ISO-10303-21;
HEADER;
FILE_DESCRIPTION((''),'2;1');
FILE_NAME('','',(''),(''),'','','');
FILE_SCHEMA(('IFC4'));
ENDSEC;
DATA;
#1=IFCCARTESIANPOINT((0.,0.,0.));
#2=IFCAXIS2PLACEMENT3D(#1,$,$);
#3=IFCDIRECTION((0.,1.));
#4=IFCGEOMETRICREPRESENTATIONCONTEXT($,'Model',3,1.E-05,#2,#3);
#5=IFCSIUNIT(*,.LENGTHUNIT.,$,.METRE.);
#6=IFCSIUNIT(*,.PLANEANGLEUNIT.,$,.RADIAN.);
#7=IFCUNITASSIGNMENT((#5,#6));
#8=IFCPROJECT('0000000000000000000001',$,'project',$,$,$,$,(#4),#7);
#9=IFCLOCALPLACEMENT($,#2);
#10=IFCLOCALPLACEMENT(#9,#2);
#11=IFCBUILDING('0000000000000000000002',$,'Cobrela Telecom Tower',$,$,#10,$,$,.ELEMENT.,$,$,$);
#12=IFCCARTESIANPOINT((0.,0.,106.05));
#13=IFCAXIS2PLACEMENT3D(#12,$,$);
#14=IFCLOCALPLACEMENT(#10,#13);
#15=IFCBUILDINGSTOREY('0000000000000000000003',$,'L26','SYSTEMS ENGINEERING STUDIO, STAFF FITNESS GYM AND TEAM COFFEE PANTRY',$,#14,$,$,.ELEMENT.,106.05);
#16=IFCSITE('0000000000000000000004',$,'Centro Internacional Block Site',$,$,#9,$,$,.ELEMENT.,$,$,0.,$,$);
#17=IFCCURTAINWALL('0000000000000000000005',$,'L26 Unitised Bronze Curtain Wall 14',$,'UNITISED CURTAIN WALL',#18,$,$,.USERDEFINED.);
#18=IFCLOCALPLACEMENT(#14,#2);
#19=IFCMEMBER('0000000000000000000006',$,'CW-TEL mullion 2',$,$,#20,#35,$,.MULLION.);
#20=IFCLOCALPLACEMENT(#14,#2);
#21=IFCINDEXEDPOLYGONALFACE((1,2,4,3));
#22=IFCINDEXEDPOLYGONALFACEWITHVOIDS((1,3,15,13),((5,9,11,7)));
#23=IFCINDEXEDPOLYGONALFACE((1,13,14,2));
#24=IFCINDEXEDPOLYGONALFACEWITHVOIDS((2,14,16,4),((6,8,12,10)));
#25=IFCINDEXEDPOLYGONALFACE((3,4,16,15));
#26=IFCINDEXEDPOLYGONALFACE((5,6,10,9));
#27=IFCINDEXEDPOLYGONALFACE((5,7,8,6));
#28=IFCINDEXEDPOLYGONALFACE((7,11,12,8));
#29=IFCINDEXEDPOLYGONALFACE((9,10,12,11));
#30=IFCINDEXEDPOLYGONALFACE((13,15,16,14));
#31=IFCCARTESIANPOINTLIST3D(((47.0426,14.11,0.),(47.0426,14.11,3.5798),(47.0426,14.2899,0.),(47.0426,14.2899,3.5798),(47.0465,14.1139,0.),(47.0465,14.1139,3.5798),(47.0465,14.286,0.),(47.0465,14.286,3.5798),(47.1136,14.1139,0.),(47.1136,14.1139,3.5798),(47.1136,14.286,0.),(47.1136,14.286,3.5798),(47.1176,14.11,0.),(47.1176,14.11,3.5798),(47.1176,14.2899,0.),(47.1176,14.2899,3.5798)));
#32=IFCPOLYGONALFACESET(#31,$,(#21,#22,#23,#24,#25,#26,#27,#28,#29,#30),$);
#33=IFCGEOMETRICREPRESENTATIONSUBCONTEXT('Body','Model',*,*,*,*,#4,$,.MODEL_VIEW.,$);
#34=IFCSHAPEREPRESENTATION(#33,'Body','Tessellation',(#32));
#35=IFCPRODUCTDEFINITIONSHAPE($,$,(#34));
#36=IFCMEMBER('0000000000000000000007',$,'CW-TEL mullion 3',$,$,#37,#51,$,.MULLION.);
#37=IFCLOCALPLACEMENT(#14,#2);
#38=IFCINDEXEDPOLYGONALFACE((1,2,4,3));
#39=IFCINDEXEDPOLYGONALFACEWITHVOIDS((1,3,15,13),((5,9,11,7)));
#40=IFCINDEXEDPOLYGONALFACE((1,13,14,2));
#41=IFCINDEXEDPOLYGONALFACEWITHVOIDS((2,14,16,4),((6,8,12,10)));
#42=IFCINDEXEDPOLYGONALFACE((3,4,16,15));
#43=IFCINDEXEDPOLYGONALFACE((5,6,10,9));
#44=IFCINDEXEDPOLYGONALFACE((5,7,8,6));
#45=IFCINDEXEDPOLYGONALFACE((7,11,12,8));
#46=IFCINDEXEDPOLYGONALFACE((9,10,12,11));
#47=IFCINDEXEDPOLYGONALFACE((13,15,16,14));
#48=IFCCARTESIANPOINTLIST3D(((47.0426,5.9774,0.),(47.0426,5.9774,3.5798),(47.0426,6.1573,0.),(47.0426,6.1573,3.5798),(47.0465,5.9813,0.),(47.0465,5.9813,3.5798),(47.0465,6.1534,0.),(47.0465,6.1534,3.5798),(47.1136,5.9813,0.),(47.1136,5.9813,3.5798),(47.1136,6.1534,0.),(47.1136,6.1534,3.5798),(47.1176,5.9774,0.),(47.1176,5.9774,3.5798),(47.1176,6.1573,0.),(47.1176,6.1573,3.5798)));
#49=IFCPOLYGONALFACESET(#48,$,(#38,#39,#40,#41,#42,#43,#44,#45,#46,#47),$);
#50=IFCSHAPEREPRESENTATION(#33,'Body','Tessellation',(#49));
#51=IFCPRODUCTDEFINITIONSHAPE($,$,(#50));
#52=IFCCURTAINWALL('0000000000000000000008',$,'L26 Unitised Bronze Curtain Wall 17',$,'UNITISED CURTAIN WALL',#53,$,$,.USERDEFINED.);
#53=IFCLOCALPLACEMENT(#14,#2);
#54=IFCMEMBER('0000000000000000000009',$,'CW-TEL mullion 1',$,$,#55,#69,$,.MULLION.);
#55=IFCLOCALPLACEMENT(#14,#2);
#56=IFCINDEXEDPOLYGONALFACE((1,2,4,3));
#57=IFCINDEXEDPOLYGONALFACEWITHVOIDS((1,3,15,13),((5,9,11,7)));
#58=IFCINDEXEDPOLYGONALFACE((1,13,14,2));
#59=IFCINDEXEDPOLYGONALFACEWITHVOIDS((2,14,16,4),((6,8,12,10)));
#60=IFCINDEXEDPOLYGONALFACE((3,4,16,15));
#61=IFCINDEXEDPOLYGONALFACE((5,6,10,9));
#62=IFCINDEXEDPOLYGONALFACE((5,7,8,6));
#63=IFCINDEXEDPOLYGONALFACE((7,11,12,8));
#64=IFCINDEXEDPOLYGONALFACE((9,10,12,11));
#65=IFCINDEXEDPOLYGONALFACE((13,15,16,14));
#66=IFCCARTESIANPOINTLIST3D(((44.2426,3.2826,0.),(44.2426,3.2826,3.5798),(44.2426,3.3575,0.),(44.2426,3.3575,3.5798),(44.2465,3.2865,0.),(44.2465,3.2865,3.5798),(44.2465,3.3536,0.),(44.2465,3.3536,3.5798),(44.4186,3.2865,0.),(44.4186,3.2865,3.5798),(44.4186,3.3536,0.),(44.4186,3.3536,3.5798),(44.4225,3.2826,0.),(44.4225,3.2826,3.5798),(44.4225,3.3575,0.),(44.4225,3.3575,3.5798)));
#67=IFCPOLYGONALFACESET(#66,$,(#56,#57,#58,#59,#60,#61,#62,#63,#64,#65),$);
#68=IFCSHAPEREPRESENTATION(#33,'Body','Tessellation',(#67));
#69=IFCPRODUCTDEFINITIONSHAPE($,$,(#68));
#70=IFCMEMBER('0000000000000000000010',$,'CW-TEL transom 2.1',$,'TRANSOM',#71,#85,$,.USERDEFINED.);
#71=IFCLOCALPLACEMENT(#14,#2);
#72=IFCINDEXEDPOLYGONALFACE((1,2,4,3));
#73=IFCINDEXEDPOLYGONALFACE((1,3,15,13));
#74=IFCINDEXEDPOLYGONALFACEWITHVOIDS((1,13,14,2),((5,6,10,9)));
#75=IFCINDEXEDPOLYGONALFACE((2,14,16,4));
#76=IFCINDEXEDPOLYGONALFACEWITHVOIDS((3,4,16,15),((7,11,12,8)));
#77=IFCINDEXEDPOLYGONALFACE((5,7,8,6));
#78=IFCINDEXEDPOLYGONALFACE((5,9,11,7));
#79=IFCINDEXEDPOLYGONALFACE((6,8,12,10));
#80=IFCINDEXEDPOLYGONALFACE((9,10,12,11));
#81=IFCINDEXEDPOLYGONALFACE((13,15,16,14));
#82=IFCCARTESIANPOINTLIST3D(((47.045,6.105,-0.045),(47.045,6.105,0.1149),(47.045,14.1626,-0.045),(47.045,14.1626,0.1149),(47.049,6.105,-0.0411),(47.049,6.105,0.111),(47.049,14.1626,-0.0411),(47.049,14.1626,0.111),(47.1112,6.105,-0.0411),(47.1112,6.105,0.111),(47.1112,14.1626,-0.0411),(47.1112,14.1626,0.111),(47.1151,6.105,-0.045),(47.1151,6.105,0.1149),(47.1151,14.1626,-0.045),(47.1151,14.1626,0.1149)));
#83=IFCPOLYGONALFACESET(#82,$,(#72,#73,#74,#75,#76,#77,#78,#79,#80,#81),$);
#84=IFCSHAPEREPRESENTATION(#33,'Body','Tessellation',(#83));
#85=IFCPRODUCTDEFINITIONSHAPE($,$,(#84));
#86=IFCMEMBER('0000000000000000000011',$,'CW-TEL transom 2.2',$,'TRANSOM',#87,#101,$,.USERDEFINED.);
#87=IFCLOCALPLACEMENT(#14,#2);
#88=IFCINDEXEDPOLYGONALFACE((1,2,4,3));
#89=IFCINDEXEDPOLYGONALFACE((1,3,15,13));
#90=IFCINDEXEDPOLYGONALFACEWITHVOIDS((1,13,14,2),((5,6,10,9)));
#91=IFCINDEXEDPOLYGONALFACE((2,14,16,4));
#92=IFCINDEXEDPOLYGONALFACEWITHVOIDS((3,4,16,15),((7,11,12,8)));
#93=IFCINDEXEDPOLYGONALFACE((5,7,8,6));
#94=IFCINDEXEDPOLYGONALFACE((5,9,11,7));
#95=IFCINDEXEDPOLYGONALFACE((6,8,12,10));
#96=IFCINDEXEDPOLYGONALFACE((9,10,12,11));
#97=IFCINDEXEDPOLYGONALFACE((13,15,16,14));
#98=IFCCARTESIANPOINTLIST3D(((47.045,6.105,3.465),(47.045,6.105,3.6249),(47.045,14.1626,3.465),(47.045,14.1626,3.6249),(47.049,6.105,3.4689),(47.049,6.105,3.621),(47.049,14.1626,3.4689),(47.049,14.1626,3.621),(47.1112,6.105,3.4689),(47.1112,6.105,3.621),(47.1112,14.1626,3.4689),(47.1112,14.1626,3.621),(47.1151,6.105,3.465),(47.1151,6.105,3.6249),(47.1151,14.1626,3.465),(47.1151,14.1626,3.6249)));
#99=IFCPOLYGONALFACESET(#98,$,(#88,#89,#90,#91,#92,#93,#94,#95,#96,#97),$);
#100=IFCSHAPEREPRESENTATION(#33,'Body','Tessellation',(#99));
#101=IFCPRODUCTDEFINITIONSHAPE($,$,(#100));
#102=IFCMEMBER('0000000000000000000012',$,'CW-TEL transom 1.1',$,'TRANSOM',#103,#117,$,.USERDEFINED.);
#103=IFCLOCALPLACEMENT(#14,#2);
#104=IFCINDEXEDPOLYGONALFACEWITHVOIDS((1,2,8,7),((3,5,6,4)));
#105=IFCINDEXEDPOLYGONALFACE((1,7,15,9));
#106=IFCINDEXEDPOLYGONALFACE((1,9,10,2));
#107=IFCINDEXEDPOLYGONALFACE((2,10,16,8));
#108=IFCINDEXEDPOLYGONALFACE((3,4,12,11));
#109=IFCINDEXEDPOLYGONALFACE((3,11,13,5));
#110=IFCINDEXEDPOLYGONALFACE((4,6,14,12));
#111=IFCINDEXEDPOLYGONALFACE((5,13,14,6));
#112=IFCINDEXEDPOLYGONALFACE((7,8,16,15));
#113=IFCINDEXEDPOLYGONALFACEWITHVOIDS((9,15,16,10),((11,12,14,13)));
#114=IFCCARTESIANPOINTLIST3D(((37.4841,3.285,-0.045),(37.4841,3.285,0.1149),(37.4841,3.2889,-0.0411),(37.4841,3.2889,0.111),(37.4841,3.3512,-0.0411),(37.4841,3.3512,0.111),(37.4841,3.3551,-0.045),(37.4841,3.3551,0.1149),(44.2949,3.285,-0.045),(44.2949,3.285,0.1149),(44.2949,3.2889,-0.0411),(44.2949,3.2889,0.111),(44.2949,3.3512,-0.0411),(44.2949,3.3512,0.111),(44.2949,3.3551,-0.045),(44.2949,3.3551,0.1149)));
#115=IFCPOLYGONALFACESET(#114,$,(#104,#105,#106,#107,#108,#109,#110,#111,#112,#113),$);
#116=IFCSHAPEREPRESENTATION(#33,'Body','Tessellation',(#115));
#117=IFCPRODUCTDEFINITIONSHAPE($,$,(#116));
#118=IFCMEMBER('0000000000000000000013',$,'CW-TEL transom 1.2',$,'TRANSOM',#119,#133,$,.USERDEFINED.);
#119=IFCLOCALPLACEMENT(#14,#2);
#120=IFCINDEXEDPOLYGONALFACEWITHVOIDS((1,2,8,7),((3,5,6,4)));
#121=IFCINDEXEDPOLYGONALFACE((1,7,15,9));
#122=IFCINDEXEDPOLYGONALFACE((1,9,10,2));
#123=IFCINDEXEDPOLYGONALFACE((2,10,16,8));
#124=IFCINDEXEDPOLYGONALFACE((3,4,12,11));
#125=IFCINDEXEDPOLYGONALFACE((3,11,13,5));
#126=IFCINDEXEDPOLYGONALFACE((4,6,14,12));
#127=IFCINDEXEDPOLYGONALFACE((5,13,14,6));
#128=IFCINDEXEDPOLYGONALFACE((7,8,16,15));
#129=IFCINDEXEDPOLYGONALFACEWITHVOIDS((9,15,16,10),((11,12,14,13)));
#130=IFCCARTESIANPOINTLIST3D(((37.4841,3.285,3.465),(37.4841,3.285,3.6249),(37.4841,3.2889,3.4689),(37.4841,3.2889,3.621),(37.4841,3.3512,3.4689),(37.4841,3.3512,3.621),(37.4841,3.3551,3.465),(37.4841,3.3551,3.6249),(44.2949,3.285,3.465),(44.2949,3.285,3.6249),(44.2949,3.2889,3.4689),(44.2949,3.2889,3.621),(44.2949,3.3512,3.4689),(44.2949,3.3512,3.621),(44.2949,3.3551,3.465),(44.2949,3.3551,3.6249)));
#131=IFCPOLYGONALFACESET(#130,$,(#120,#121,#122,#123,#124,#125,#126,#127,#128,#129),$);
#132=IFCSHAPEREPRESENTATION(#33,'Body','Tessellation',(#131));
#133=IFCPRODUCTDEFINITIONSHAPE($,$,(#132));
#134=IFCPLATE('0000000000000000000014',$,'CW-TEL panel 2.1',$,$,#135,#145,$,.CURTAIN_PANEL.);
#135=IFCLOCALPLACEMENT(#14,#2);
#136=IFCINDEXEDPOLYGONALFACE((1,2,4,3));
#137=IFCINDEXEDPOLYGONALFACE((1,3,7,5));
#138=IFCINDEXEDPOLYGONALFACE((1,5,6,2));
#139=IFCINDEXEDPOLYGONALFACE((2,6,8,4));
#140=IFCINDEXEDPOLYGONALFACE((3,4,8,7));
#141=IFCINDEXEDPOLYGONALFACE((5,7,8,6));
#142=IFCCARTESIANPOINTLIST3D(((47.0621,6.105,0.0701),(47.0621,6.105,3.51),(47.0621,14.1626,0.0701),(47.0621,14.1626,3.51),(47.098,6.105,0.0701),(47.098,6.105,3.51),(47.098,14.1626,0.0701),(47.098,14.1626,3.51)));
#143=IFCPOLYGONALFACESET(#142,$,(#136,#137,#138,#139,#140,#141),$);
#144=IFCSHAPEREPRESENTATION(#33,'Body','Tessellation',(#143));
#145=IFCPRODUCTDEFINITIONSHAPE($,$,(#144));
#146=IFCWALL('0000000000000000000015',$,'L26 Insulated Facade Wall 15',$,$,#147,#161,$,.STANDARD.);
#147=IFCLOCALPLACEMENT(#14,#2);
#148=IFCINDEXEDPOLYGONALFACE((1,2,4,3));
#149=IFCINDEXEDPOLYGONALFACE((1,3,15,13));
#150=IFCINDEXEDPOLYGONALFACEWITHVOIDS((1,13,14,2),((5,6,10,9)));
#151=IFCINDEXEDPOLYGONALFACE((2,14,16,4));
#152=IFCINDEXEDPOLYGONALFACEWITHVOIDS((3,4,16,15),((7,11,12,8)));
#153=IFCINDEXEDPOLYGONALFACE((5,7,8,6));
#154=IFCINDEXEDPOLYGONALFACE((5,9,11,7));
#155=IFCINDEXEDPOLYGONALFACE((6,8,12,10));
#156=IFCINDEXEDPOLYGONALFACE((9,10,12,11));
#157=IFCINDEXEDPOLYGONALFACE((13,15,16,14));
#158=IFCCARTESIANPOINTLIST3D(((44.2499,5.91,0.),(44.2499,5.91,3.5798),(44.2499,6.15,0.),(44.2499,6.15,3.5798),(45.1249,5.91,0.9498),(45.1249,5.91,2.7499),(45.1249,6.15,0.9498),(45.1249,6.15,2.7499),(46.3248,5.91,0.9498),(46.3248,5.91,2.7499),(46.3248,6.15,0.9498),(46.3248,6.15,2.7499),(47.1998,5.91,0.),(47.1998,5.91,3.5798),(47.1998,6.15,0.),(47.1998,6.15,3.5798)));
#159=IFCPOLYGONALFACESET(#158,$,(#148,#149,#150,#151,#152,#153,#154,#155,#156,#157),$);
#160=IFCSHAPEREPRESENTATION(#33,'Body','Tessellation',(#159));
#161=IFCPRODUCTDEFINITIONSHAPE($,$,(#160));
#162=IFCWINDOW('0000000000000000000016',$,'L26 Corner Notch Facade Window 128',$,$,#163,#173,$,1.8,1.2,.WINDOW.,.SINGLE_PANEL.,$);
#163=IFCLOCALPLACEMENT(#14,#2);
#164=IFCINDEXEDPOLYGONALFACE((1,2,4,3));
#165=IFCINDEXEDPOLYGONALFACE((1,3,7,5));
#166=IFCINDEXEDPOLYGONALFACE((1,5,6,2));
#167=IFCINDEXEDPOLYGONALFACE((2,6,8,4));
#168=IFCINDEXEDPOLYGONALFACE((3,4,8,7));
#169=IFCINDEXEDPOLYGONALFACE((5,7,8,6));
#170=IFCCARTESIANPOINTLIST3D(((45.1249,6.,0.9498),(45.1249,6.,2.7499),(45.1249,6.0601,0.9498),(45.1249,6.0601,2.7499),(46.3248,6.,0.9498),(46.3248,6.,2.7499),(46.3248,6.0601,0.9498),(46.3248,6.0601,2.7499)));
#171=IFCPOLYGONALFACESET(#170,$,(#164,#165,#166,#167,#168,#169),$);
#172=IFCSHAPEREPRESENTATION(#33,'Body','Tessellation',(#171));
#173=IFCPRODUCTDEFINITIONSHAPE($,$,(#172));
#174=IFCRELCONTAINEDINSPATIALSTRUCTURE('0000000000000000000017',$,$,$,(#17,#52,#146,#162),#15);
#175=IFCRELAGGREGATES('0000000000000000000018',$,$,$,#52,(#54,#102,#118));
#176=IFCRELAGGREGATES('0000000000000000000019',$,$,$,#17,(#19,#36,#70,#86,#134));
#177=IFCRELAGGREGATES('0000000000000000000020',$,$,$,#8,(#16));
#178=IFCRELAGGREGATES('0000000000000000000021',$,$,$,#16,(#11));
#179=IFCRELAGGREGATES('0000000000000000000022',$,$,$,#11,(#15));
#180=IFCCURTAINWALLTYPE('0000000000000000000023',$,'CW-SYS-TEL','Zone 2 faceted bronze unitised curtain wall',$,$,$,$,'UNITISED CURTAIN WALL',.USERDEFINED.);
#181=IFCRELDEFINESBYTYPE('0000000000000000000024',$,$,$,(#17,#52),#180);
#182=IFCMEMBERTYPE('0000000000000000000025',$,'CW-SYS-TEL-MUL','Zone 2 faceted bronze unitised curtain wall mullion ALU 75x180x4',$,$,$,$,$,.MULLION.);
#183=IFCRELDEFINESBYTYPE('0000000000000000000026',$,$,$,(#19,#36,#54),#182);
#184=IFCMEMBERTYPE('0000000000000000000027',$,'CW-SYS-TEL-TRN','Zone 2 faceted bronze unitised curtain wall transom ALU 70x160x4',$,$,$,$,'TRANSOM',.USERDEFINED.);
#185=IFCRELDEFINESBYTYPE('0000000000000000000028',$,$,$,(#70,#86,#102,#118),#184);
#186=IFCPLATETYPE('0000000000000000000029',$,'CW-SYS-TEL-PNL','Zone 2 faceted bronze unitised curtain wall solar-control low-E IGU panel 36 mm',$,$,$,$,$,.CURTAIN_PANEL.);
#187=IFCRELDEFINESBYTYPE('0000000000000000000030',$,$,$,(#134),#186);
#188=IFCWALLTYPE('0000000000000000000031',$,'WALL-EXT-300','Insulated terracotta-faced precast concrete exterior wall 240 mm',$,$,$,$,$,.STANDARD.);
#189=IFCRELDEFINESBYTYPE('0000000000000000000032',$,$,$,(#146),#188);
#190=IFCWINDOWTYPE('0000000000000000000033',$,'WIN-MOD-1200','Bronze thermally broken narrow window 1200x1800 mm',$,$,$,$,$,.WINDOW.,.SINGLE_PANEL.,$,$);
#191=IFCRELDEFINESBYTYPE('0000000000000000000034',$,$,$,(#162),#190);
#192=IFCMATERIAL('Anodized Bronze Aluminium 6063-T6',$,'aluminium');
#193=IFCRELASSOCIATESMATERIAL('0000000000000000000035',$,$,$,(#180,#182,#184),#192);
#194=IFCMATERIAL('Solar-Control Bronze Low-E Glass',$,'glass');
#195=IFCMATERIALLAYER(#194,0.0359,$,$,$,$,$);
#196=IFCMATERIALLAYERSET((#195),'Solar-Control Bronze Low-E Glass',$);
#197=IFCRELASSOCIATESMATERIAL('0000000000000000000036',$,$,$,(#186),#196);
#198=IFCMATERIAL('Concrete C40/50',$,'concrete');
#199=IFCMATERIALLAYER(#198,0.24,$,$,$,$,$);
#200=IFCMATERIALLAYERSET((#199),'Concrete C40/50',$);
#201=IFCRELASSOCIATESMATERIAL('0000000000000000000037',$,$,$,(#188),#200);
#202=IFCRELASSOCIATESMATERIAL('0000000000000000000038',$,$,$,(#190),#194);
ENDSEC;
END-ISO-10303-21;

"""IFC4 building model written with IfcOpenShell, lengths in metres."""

from ifc_helpers import new_model, si_unit, direction, frame, frame_2d, origin, origin_2d, place, context, subcontext, project, spatial, rectangle, hollow_rectangle, extrude, material, layer, layer_set, material_profile, profile_set, type_object, element, fill, aggregate, save


model = new_model("IFC4")

# Units and contexts
model_context = context("Model", 3, precision=1e-05, world=origin(), true_north=direction((0.0, 1.0)))
body_context = subcontext(model_context, "Body", "Model", "MODEL_VIEW")
ifc_project = project(units=[si_unit("LENGTHUNIT", "METRE"), si_unit("PLANEANGLEUNIT", "RADIAN")], contexts=[model_context])

# Site, building, storey
site_placement = place(None, origin())
site = spatial("IfcSite", under=ifc_project, at=site_placement, Name="Centro Internacional Block Site", CompositionType="ELEMENT", RefElevation=0.0)
building_placement = place(site_placement, origin())
building = spatial("IfcBuilding", under=site, at=building_placement, Name="Cobrela Telecom Tower", CompositionType="ELEMENT")
storey_placement = place(building_placement, frame((0.0, 0.0, 106.05)))
storey = spatial("IfcBuildingStorey", under=building, at=storey_placement, Name="L26", Description="SYSTEMS ENGINEERING STUDIO, STAFF FITNESS GYM AND TEAM COFFEE PANTRY", CompositionType="ELEMENT", Elevation=106.05)

# Curtain wall, members
ifc_material_1 = material(Name="Anodized Bronze Aluminium 6063-T6", Category="aluminium")
curtain_wall_type = type_object("IfcCurtainWallType", Name="CW-SYS-TEL", Description="Zone 2 faceted bronze unitised curtain wall", ElementType="UNITISED CURTAIN WALL", PredefinedType="USERDEFINED", material=ifc_material_1)
curtain_wall_1_placement = place(storey_placement, origin())
curtain_wall_1 = element("IfcCurtainWall", 1, at=curtain_wall_1_placement, inside=storey, type_object=curtain_wall_type, Name="L26 Unitised Bronze Curtain Wall 14", ObjectType="UNITISED CURTAIN WALL", PredefinedType="USERDEFINED")
ifc_material_profile_1 = material_profile(ifc_material_1, hollow_rectangle(XDim=0.075, YDim=0.1799, WallThickness=0.0039, at=origin_2d()), Name="ALU 75x180x4")
ifc_profile_set_1 = profile_set([ifc_material_profile_1], Name="Anodized Bronze Aluminium 6063-T6")
member_type_1 = type_object("IfcMemberType", Name="CW-SYS-TEL-MUL", Description="Zone 2 faceted bronze unitised curtain wall mullion ALU 75x180x4", PredefinedType="MULLION", material=ifc_profile_set_1)
member_1_placement = place(storey_placement, frame((47.0801, 14.2, 0.0), z_axis=(0.0, 0.0, 1.0), x_axis=(1.0, 0.0, 0.0)))
member_1 = element("IfcMember", 2, at=member_1_placement, type_object=member_type_1, Name="CW-TEL mullion 2", PredefinedType="MULLION", context=body_context, shape_type="SweptSolid", body=[
    extrude(hollow_rectangle(XDim=0.075, YDim=0.1799, WallThickness=0.0039, at=origin_2d()), origin(), (0.0, 0.0, 1.0), 3.5798),
])
member_2_placement = place(storey_placement, frame((47.0801, 6.0674, 0.0), z_axis=(0.0, 0.0, 1.0), x_axis=(1.0, 0.0, 0.0)))
member_2 = element("IfcMember", 3, at=member_2_placement, type_object=member_type_1, Name="CW-TEL mullion 3", PredefinedType="MULLION", context=body_context, shape_type="SweptSolid", body=[
    extrude(hollow_rectangle(XDim=0.075, YDim=0.1799, WallThickness=0.0039, at=origin_2d()), origin(), (0.0, 0.0, 1.0), 3.5798),
])

# Curtain wall, member
curtain_wall_2_placement = place(storey_placement, origin())
curtain_wall_2 = element("IfcCurtainWall", 4, at=curtain_wall_2_placement, inside=storey, type_object=curtain_wall_type, Name="L26 Unitised Bronze Curtain Wall 17", ObjectType="UNITISED CURTAIN WALL", PredefinedType="USERDEFINED")
member_3_placement = place(storey_placement, frame((44.3325, 3.3201, 0.0), z_axis=(0.0, 0.0, 1.0), x_axis=(0.0, -1.0, 0.0)))
member_3 = element("IfcMember", 5, at=member_3_placement, type_object=member_type_1, Name="CW-TEL mullion 1", PredefinedType="MULLION", context=body_context, shape_type="SweptSolid", body=[
    extrude(hollow_rectangle(XDim=0.075, YDim=0.1799, WallThickness=0.0039, at=origin_2d()), origin(), (0.0, 0.0, 1.0), 3.5798),
])

# Members
ifc_material_profile_2 = material_profile(ifc_material_1, hollow_rectangle(XDim=0.0701, YDim=0.1599, WallThickness=0.0039, at=origin_2d()), Name="ALU 70x160x4")
ifc_profile_set_2 = profile_set([ifc_material_profile_2], Name="Anodized Bronze Aluminium 6063-T6")
member_type_2 = type_object("IfcMemberType", Name="CW-SYS-TEL-TRN", Description="Zone 2 faceted bronze unitised curtain wall transom ALU 70x160x4", ElementType="TRANSOM", PredefinedType="USERDEFINED", material=ifc_profile_set_2)
member_4_placement = place(storey_placement, frame((47.0801, 14.1626, 0.0349), z_axis=(0.0, -1.0, 0.0), x_axis=(1.0, 0.0, 0.0)))
member_4 = element("IfcMember", 6, at=member_4_placement, type_object=member_type_2, Name="CW-TEL transom 2.1", ObjectType="TRANSOM", PredefinedType="USERDEFINED", context=body_context, shape_type="SweptSolid", body=[
    extrude(hollow_rectangle(XDim=0.0701, YDim=0.1599, WallThickness=0.0039, at=origin_2d()), origin(), (0.0, 0.0, 1.0), 8.0576),
])
member_5_placement = place(storey_placement, frame((47.0801, 14.1626, 3.5449), z_axis=(0.0, -1.0, 0.0), x_axis=(1.0, 0.0, 0.0)))
member_5 = element("IfcMember", 7, at=member_5_placement, type_object=member_type_2, Name="CW-TEL transom 2.2", ObjectType="TRANSOM", PredefinedType="USERDEFINED", context=body_context, shape_type="SweptSolid", body=[
    extrude(hollow_rectangle(XDim=0.0701, YDim=0.1599, WallThickness=0.0039, at=origin_2d()), origin(), (0.0, 0.0, 1.0), 8.0576),
])
member_6_placement = place(storey_placement, frame((44.2949, 3.3201, 0.0349), z_axis=(-1.0, 0.0, 0.0), x_axis=(0.0, -1.0, 0.0)))
member_6 = element("IfcMember", 8, at=member_6_placement, type_object=member_type_2, Name="CW-TEL transom 1.1", ObjectType="TRANSOM", PredefinedType="USERDEFINED", context=body_context, shape_type="SweptSolid", body=[
    extrude(hollow_rectangle(XDim=0.0701, YDim=0.1599, WallThickness=0.0039, at=origin_2d()), origin(), (0.0, 0.0, 1.0), 6.8108),
])
member_7_placement = place(storey_placement, frame((44.2949, 3.3201, 3.5449), z_axis=(-1.0, 0.0, 0.0), x_axis=(0.0, -1.0, 0.0)))
member_7 = element("IfcMember", 9, at=member_7_placement, type_object=member_type_2, Name="CW-TEL transom 1.2", ObjectType="TRANSOM", PredefinedType="USERDEFINED", context=body_context, shape_type="SweptSolid", body=[
    extrude(hollow_rectangle(XDim=0.0701, YDim=0.1599, WallThickness=0.0039, at=origin_2d()), origin(), (0.0, 0.0, 1.0), 6.8108),
])
aggregate(curtain_wall_2, [member_3, member_6, member_7])

# Plate
ifc_material_2 = material(Name="Solar-Control Bronze Low-E Glass", Category="glass")
ifc_layer_1 = layer(ifc_material_2, 0.0359)
ifc_layer_set_1 = layer_set([ifc_layer_1], Name="Solar-Control Bronze Low-E Glass")
plate_type = type_object("IfcPlateType", Name="CW-SYS-TEL-PNL", Description="Zone 2 faceted bronze unitised curtain wall solar-control low-E IGU panel 36 mm", PredefinedType="CURTAIN_PANEL", material=ifc_layer_set_1)
plate_placement = place(storey_placement, frame((47.0801, 10.1338, 0.0701), z_axis=(0.0, 0.0, 1.0), x_axis=(0.0, -1.0, 0.0)))
plate = element("IfcPlate", 10, at=plate_placement, type_object=plate_type, Name="CW-TEL panel 2.1", PredefinedType="CURTAIN_PANEL", context=body_context, shape_type="SweptSolid", body=[
    extrude(rectangle(XDim=8.0576, YDim=0.0359, at=origin_2d()), origin(), (0.0, 0.0, 1.0), 3.4399),
])
aggregate(curtain_wall_1, [member_1, member_2, member_4, member_5, plate])

# Wall, opening, window
ifc_material_3 = material(Name="Concrete C40/50", Category="concrete")
ifc_layer_2 = layer(ifc_material_3, 0.24)
ifc_layer_set_2 = layer_set([ifc_layer_2], Name="Concrete C40/50")
wall_type = type_object("IfcWallType", Name="WALL-EXT-300", Description="Insulated terracotta-faced precast concrete exterior wall 240 mm", PredefinedType="STANDARD", material=ifc_layer_set_2)
wall_1_placement = place(storey_placement, frame((47.2, 6.03, 0.0), z_axis=(0.0, 0.0, 1.0), x_axis=(-1.0, 0.0, 0.0)))
wall_1 = element("IfcWall", 11, at=wall_1_placement, inside=storey, type_object=wall_type, Name="L26 Insulated Facade Wall 15", PredefinedType="STANDARD", context=body_context, shape_type="SweptSolid", body=[
    extrude(rectangle(XDim=2.95, YDim=0.24, at=frame_2d((1.4751, 0.0))), origin(), (0.0, 0.0, 1.0), 3.5798),
])
opening_1_placement = place(wall_1_placement, frame((0.875, 0.0, 0.95)))
opening_1 = element("IfcOpeningElement", 12, at=opening_1_placement, cuts=wall_1, PredefinedType="OPENING", context=body_context, shape_type="SweptSolid", body=[
    extrude(rectangle(XDim=1.2, YDim=1.8, at=frame_2d((0.6001, 0.8999))), frame((0.0, 0.1318, 0.0), z_axis=(0.0, -1.0, 0.0), x_axis=(1.0, 0.0, 0.0)), (0.0, 0.0, 1.0), 0.2639),
])
window_type_1 = type_object("IfcWindowType", Name="WIN-MOD-1200", Description="Bronze thermally broken narrow window 1200x1800 mm", PartitioningType="SINGLE_PANEL", PredefinedType="WINDOW", material=ifc_material_2)
window_1_placement = place(opening_1_placement, origin())
window_1 = element("IfcWindow", 13, at=window_1_placement, inside=storey, type_object=window_type_1, Name="L26 Corner Notch Facade Window 128", OverallHeight=1.8, OverallWidth=1.2, PartitioningType="SINGLE_PANEL", PredefinedType="WINDOW", context=body_context, shape_type="SweptSolid", body=[
    extrude(rectangle(XDim=1.2, YDim=1.8, at=frame_2d((0.6001, 0.8999))), frame((0.0, 0.03, 0.0), z_axis=(0.0, -1.0, 0.0), x_axis=(1.0, 0.0, 0.0)), (0.0, 0.0, 1.0), 0.0601),
])
fill(opening_1, window_1)

save(model, "model.ifc")
